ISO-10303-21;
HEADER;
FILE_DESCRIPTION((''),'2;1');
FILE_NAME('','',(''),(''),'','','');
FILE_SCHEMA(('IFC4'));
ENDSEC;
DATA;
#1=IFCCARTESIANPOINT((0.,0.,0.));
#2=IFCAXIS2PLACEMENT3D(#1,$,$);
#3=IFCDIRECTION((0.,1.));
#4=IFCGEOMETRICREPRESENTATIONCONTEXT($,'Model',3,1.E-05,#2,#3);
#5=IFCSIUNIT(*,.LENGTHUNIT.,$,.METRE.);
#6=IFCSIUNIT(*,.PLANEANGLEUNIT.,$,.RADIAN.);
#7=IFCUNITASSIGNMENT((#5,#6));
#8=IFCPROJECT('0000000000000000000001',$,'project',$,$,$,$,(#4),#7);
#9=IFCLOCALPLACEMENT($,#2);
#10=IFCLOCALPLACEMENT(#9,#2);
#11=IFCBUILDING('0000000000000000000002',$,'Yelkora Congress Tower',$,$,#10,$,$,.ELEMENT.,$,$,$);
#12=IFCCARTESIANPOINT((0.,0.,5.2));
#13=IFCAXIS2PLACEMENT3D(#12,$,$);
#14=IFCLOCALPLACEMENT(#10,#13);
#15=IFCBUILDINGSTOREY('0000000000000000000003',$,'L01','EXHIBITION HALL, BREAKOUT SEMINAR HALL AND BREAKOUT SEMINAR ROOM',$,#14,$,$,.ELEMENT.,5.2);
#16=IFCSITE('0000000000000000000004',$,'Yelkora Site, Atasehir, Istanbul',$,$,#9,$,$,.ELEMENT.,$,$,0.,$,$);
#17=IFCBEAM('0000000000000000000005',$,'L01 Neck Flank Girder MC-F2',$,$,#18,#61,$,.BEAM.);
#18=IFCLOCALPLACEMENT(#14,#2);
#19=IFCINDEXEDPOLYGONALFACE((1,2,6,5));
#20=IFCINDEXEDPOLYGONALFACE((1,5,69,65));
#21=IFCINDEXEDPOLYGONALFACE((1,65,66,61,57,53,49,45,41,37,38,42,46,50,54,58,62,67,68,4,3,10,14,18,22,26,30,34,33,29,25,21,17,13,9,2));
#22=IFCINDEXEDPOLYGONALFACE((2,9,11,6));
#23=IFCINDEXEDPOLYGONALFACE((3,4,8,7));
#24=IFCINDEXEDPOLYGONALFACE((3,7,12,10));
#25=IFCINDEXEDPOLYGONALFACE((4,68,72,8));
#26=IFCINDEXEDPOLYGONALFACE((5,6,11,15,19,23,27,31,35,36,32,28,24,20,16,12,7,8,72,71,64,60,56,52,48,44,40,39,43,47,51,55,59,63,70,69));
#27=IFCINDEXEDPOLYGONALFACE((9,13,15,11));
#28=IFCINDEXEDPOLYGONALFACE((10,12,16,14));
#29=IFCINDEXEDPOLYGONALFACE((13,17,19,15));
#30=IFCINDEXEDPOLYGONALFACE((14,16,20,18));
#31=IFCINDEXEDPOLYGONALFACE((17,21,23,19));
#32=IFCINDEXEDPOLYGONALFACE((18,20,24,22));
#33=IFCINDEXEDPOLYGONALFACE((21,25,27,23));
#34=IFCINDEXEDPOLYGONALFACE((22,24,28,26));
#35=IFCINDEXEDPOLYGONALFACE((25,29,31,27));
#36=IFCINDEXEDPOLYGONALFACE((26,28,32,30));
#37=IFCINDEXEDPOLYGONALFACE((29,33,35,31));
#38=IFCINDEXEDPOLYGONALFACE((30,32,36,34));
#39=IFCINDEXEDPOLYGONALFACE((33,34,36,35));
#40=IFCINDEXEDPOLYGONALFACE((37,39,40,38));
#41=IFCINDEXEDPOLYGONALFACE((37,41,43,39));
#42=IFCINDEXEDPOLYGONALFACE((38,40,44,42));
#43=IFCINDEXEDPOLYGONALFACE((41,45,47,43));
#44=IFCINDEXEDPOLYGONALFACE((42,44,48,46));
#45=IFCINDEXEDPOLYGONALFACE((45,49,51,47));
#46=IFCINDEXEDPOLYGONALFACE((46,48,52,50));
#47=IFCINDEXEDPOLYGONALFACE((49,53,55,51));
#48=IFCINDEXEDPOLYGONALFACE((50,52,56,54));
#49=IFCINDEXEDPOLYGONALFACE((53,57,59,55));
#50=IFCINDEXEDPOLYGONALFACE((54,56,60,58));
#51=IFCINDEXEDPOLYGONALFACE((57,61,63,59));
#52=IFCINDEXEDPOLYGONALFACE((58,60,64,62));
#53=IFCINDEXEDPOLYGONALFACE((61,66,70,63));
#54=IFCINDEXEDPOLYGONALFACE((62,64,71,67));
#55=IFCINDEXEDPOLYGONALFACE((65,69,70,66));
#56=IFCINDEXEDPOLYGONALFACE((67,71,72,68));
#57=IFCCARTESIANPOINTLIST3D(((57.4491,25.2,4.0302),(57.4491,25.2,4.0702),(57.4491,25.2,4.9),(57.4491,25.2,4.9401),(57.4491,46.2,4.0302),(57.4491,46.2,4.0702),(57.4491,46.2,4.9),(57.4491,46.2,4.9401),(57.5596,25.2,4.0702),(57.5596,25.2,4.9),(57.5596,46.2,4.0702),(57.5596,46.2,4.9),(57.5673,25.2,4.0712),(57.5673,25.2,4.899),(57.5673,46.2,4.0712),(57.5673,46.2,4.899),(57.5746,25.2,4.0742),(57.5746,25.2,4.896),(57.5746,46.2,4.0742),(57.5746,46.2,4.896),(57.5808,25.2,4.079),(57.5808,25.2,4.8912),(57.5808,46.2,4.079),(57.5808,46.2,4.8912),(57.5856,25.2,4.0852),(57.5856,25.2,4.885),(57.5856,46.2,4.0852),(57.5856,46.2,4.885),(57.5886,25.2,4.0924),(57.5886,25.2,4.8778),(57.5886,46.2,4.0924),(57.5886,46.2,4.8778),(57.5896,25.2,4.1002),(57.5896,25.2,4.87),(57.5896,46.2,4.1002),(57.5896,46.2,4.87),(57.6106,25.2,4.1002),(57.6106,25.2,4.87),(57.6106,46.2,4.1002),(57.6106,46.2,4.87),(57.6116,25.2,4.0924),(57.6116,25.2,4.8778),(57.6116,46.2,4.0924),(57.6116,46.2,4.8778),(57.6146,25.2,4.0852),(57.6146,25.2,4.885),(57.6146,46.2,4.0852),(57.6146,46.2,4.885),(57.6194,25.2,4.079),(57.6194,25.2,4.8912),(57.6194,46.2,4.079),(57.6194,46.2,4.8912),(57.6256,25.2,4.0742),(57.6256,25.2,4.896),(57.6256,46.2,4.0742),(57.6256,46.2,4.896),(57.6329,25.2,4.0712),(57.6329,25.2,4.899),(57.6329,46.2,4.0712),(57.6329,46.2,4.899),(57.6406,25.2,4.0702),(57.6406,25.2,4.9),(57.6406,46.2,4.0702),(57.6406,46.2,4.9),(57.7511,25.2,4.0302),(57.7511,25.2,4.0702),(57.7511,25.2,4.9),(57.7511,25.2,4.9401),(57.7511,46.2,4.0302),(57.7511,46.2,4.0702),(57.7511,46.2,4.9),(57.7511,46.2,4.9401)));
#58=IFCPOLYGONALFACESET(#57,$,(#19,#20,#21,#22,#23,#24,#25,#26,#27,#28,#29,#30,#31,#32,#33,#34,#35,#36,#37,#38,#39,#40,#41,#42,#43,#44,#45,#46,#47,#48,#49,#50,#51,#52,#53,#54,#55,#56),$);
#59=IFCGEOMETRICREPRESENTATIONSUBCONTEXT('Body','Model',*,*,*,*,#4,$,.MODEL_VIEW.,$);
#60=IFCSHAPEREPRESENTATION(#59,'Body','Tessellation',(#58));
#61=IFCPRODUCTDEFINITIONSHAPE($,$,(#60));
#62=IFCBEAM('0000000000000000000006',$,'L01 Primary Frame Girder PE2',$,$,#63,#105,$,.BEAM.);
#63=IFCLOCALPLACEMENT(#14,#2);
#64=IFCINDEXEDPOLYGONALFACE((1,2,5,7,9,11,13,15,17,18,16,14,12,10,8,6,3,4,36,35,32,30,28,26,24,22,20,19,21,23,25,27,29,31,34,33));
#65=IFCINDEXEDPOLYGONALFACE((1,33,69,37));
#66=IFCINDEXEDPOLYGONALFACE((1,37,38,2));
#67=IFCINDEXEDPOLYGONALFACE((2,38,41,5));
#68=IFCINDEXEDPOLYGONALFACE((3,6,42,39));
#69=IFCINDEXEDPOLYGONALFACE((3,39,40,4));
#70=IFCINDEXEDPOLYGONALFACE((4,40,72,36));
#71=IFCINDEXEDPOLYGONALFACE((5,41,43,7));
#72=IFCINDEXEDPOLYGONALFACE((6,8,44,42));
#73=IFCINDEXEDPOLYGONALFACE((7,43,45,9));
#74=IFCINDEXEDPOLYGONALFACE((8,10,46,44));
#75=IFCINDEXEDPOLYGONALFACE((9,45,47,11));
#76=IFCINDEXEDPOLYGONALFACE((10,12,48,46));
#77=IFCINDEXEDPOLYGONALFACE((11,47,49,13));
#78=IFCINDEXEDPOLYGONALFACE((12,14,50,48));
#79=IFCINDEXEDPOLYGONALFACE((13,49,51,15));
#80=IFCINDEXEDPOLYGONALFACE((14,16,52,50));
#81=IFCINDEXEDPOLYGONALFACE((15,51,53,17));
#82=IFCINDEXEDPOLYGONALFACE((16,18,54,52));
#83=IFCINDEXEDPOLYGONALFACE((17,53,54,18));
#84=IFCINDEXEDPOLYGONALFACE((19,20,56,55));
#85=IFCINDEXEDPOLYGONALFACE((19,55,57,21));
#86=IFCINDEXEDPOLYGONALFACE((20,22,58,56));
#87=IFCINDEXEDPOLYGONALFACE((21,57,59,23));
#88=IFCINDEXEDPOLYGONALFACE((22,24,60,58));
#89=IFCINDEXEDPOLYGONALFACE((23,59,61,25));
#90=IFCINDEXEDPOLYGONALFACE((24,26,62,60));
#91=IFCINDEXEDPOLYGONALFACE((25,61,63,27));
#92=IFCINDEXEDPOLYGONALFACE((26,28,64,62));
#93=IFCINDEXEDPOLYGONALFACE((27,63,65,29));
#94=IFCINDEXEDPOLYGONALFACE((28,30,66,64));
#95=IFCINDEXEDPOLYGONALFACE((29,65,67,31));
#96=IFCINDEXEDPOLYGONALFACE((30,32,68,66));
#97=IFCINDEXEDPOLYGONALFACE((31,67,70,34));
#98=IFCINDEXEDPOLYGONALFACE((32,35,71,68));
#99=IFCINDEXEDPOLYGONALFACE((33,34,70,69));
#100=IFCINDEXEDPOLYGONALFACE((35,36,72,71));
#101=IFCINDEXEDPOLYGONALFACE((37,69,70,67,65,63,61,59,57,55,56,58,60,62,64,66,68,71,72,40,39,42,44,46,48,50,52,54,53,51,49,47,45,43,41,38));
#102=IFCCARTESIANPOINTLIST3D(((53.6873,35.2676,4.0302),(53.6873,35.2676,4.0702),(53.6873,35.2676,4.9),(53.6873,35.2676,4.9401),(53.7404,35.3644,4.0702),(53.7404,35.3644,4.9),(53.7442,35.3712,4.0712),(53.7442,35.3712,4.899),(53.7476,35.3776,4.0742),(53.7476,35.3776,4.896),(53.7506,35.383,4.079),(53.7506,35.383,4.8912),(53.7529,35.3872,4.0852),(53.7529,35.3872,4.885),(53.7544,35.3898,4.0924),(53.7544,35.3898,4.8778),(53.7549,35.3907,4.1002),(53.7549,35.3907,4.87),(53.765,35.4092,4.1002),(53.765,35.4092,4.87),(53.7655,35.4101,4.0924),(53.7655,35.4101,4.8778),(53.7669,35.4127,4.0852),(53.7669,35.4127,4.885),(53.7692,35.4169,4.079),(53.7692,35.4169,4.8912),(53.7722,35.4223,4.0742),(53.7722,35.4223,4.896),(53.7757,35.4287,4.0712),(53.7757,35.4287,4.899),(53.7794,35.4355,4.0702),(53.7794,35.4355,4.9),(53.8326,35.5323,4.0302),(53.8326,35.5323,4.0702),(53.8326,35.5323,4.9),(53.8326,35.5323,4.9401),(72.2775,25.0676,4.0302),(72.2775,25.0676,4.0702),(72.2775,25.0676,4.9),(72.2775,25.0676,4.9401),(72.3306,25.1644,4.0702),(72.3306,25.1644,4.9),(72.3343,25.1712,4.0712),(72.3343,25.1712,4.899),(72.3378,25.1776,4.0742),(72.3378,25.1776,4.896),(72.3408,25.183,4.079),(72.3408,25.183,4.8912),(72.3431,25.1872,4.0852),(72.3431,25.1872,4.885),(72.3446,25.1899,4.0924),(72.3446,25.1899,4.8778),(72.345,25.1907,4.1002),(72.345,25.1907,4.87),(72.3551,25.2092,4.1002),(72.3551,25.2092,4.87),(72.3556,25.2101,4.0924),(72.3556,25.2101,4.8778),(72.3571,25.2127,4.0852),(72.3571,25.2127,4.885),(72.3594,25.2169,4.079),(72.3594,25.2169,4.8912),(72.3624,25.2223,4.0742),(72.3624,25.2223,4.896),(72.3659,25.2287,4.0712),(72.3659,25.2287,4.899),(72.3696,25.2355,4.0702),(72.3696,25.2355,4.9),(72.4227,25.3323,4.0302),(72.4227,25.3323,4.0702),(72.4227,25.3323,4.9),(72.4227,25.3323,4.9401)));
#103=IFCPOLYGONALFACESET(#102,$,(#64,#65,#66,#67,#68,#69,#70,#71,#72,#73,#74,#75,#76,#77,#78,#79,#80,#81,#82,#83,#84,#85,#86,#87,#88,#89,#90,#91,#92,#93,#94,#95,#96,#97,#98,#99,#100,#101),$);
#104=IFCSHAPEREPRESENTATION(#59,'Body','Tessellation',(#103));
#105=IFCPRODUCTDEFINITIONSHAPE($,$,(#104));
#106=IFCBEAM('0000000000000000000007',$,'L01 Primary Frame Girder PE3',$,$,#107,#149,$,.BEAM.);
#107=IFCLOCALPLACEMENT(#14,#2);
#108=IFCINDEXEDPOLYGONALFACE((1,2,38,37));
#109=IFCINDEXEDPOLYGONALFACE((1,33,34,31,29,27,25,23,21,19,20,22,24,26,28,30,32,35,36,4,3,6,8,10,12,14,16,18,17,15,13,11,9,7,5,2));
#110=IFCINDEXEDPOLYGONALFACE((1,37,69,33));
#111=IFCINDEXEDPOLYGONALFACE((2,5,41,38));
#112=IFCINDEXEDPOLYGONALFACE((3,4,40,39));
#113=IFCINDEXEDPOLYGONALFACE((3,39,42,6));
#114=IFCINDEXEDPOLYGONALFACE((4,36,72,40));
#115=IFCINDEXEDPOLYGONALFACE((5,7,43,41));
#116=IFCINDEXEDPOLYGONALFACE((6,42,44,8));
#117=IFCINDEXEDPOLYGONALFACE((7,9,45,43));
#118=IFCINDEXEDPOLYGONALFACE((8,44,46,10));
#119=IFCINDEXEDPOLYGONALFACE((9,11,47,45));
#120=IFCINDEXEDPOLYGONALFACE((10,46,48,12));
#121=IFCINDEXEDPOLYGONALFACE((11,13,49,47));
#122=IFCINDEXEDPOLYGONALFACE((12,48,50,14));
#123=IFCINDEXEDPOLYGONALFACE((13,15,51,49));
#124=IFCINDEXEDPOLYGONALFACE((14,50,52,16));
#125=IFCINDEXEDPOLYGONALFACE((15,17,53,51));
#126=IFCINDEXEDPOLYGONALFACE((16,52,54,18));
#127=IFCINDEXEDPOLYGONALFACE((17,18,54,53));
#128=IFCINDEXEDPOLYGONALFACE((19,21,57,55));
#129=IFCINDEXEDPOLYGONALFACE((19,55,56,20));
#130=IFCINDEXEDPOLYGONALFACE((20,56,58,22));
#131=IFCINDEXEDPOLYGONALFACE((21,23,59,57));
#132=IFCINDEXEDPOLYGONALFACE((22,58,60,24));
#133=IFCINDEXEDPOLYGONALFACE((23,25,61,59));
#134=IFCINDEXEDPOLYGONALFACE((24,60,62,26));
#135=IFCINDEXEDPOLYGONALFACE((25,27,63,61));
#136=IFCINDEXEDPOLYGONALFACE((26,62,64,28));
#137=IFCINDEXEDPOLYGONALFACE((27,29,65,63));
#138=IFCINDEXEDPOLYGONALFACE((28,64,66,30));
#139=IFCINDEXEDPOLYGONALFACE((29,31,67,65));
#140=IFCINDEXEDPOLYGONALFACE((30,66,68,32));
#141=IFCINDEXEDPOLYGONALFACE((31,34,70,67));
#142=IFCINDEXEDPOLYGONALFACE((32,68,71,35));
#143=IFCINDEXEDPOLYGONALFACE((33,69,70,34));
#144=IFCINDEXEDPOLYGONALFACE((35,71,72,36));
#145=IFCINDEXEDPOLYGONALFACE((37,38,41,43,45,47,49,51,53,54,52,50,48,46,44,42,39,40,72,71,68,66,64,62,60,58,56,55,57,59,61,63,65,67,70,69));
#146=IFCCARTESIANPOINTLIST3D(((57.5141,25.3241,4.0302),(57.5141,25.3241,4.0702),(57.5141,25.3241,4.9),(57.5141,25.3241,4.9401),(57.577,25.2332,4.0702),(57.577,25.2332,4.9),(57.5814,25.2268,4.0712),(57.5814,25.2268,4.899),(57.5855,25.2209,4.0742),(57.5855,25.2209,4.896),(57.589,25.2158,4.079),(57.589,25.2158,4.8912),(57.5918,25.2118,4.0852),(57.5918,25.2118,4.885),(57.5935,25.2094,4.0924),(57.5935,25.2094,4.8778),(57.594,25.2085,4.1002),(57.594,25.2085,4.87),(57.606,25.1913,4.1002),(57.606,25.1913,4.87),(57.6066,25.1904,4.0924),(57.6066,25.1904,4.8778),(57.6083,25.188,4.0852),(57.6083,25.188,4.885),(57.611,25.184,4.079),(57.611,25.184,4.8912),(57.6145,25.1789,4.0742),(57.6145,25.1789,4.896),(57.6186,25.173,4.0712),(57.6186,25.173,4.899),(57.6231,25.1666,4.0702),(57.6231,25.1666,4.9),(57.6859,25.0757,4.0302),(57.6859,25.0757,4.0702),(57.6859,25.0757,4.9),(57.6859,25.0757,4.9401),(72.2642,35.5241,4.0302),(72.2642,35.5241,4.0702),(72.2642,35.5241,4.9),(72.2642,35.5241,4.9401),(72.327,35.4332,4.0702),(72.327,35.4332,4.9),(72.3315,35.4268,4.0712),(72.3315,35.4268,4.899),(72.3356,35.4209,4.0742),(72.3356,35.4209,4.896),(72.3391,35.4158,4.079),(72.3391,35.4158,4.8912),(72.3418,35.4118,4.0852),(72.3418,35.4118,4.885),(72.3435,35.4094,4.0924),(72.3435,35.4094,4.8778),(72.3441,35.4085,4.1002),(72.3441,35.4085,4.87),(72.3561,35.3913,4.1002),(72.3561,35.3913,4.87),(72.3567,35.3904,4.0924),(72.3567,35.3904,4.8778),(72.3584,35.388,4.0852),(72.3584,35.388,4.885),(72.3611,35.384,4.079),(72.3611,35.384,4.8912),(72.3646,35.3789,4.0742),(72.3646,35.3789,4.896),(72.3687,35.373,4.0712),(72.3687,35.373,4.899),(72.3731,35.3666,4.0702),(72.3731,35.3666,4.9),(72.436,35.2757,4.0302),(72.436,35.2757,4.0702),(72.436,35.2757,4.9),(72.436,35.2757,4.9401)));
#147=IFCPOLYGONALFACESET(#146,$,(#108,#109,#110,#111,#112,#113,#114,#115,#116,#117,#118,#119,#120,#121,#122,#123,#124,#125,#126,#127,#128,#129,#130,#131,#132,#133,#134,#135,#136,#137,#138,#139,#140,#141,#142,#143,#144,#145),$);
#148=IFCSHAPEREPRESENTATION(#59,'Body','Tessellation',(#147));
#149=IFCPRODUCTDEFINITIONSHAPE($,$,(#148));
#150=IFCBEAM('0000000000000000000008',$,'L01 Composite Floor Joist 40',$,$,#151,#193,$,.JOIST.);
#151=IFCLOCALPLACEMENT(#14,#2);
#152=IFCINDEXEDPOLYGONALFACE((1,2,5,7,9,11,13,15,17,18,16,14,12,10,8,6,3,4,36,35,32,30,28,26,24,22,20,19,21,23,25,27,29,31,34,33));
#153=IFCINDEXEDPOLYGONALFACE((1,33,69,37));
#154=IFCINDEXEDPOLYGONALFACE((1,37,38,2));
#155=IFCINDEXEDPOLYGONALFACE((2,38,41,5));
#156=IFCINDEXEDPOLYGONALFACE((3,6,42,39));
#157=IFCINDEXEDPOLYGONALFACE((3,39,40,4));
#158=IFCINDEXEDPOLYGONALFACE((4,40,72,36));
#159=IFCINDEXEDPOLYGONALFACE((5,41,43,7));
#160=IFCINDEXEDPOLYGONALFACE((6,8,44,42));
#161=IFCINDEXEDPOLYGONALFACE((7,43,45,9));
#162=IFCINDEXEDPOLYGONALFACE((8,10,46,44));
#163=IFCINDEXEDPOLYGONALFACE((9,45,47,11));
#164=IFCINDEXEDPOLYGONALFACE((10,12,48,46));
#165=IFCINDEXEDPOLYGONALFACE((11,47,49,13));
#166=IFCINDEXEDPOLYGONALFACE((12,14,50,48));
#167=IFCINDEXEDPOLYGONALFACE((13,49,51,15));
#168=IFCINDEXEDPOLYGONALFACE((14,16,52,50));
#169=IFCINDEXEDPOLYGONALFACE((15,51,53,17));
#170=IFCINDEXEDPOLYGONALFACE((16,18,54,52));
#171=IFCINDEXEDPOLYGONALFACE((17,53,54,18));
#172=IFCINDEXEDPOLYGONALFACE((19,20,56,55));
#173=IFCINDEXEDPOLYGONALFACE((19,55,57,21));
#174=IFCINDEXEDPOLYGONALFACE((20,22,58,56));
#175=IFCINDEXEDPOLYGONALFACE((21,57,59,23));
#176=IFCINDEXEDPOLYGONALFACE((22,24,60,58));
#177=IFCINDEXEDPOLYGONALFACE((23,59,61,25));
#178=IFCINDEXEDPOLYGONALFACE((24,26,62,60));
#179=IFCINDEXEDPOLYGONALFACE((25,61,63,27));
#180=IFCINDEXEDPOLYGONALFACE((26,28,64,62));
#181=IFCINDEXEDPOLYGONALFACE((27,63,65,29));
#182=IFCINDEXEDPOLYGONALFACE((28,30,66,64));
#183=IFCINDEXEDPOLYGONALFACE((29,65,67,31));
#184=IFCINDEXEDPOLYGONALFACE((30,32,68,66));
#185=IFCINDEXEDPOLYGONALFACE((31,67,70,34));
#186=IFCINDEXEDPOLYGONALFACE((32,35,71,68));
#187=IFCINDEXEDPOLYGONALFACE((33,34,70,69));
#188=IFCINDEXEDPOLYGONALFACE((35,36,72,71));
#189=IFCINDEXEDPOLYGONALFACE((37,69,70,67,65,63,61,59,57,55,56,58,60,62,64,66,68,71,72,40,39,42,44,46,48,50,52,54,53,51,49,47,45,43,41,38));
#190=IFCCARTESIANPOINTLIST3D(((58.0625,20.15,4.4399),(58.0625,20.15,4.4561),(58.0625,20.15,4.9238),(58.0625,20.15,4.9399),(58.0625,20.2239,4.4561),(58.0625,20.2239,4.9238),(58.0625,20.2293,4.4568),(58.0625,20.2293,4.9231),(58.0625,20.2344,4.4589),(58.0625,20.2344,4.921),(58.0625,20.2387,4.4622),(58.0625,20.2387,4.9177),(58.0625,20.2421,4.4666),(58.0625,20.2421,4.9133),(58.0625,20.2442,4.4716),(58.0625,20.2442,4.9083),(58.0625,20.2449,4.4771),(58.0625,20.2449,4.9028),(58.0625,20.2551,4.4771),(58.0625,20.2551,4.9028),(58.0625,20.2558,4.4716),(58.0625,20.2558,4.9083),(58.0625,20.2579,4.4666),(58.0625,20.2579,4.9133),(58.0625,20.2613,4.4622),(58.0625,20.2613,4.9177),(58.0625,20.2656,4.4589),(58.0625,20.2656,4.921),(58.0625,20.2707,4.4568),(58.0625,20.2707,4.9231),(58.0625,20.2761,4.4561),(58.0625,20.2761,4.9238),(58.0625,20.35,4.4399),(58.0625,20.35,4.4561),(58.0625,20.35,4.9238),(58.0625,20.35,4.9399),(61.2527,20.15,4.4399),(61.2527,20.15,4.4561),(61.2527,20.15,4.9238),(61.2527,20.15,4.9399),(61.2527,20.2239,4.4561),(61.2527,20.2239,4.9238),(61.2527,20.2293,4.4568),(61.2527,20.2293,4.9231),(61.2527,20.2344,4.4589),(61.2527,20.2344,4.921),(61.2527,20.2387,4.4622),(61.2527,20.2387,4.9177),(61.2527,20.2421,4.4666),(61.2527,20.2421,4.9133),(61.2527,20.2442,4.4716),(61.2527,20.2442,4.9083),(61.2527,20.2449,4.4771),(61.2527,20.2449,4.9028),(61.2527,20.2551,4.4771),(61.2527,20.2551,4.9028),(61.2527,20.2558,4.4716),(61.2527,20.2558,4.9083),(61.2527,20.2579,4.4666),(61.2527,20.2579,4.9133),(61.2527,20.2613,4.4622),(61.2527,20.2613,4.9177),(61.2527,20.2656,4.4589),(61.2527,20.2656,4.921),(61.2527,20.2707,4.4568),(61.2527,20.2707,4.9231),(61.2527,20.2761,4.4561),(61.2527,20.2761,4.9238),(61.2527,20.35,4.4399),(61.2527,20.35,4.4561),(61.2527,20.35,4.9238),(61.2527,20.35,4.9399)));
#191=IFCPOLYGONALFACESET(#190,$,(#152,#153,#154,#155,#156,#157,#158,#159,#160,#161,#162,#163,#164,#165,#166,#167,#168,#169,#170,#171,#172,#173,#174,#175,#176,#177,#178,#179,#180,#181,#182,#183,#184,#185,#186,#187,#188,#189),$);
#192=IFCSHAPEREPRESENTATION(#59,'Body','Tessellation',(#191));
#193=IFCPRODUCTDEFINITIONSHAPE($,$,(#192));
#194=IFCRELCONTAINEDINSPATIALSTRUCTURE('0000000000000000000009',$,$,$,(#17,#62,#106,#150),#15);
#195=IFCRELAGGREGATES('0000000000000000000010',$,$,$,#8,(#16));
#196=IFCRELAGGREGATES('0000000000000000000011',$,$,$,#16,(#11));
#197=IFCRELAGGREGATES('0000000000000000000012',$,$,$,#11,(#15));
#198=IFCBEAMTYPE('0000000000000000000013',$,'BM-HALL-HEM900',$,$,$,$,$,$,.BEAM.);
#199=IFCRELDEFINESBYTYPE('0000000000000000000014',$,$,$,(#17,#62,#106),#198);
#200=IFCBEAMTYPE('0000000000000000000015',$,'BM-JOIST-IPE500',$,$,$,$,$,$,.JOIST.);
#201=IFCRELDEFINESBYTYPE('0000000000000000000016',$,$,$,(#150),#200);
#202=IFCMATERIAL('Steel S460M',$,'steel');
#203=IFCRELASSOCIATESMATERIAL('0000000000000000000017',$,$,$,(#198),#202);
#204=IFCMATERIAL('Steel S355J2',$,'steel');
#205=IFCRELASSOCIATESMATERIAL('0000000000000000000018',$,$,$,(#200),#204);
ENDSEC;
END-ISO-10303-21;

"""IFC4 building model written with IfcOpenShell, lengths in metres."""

from ifc_helpers import new_model, si_unit, direction, frame, origin, origin_2d, place, context, subcontext, project, spatial, i_section, extrude, material, material_profile, profile_set, type_object, element, save


model = new_model("IFC4")

# Units and contexts
model_context = context("Model", 3, precision=1e-05, world=origin(), true_north=direction((0.0, 1.0)))
body_context = subcontext(model_context, "Body", "Model", "MODEL_VIEW")
ifc_project = project(units=[si_unit("LENGTHUNIT", "METRE"), si_unit("PLANEANGLEUNIT", "RADIAN")], contexts=[model_context])

# Site, building, storey
site_placement = place(None, origin())
site = spatial("IfcSite", under=ifc_project, at=site_placement, Name="Yelkora Site, Atasehir, Istanbul", CompositionType="ELEMENT", RefElevation=0.0)
building_placement = place(site_placement, origin())
building = spatial("IfcBuilding", under=site, at=building_placement, Name="Yelkora Congress Tower", CompositionType="ELEMENT")
storey_placement = place(building_placement, frame((0.0, 0.0, 5.2)))
storey = spatial("IfcBuildingStorey", under=building, at=storey_placement, Name="L01", Description="EXHIBITION HALL, BREAKOUT SEMINAR HALL AND BREAKOUT SEMINAR ROOM", CompositionType="ELEMENT", Elevation=5.2)

# Beams
ifc_material_1 = material(Name="Steel S460M", Category="steel")
ifc_material_profile_1 = material_profile(ifc_material_1, i_section(OverallWidth=0.302, OverallDepth=0.9099, WebThickness=0.021, FlangeThickness=0.04, FilletRadius=0.03, at=origin_2d()), Name="HEM 900")
ifc_profile_set_1 = profile_set([ifc_material_profile_1], Name="Steel S460M")
beam_type_1 = type_object("IfcBeamType", Name="BM-HALL-HEM900", PredefinedType="BEAM", material=ifc_profile_set_1)
beam_1_placement = place(storey_placement, frame((57.6001, 25.2, 4.4851), z_axis=(0.0, 1.0, 0.0), x_axis=(-1.0, 0.0, 0.0)))
element("IfcBeam", 1, at=beam_1_placement, inside=storey, type_object=beam_type_1, Name="L01 Neck Flank Girder MC-F2", PredefinedType="BEAM", context=body_context, shape_type="SweptSolid", body=[
    extrude(i_section(OverallWidth=0.302, OverallDepth=0.9099, WebThickness=0.021, FlangeThickness=0.04, FilletRadius=0.03, at=origin_2d()), origin(), (0.0, 0.0, 1.0), 21.0),
])
beam_2_placement = place(storey_placement, frame((72.3501, 25.2, 4.4851), z_axis=(-0.876705, 0.481028, 0.0), x_axis=(-0.481028, -0.876705, 0.0)))
element("IfcBeam", 2, at=beam_2_placement, inside=storey, type_object=beam_type_1, Name="L01 Primary Frame Girder PE2", PredefinedType="BEAM", context=body_context, shape_type="SweptSolid", body=[
    extrude(i_section(OverallWidth=0.302, OverallDepth=0.9099, WebThickness=0.021, FlangeThickness=0.04, FilletRadius=0.03, at=origin_2d()), origin(), (0.0, 0.0, 1.0), 21.2046),
])
beam_3_placement = place(storey_placement, frame((72.3501, 35.3999, 4.4851), z_axis=(-0.822494, -0.568773, 0.0), x_axis=(0.568773, -0.822494, 0.0)))
element("IfcBeam", 3, at=beam_3_placement, inside=storey, type_object=beam_type_1, Name="L01 Primary Frame Girder PE3", PredefinedType="BEAM", context=body_context, shape_type="SweptSolid", body=[
    extrude(i_section(OverallWidth=0.302, OverallDepth=0.9099, WebThickness=0.021, FlangeThickness=0.04, FilletRadius=0.03, at=origin_2d()), origin(), (0.0, 0.0, 1.0), 17.9333),
])
ifc_material_2 = material(Name="Steel S355J2", Category="steel")
ifc_material_profile_2 = material_profile(ifc_material_2, i_section(OverallWidth=0.2, OverallDepth=0.5, WebThickness=0.0103, FlangeThickness=0.0161, FilletRadius=0.021, at=origin_2d()), Name="IPE 500")
ifc_profile_set_2 = profile_set([ifc_material_profile_2], Name="Steel S355J2")
beam_type_2 = type_object("IfcBeamType", Name="BM-JOIST-IPE500", PredefinedType="JOIST", material=ifc_profile_set_2)
beam_4_placement = place(storey_placement, frame((58.0625, 20.25, 4.6899), z_axis=(1.0, 0.0, 0.0), x_axis=(0.0, 1.0, 0.0)))
element("IfcBeam", 4, at=beam_4_placement, inside=storey, type_object=beam_type_2, Name="L01 Composite Floor Joist 40", PredefinedType="JOIST", context=body_context, shape_type="SweptSolid", body=[
    extrude(i_section(OverallWidth=0.2, OverallDepth=0.5, WebThickness=0.0103, FlangeThickness=0.0161, FilletRadius=0.021, at=origin_2d()), origin(), (0.0, 0.0, 1.0), 3.1902),
])

save(model, "model.ifc")
